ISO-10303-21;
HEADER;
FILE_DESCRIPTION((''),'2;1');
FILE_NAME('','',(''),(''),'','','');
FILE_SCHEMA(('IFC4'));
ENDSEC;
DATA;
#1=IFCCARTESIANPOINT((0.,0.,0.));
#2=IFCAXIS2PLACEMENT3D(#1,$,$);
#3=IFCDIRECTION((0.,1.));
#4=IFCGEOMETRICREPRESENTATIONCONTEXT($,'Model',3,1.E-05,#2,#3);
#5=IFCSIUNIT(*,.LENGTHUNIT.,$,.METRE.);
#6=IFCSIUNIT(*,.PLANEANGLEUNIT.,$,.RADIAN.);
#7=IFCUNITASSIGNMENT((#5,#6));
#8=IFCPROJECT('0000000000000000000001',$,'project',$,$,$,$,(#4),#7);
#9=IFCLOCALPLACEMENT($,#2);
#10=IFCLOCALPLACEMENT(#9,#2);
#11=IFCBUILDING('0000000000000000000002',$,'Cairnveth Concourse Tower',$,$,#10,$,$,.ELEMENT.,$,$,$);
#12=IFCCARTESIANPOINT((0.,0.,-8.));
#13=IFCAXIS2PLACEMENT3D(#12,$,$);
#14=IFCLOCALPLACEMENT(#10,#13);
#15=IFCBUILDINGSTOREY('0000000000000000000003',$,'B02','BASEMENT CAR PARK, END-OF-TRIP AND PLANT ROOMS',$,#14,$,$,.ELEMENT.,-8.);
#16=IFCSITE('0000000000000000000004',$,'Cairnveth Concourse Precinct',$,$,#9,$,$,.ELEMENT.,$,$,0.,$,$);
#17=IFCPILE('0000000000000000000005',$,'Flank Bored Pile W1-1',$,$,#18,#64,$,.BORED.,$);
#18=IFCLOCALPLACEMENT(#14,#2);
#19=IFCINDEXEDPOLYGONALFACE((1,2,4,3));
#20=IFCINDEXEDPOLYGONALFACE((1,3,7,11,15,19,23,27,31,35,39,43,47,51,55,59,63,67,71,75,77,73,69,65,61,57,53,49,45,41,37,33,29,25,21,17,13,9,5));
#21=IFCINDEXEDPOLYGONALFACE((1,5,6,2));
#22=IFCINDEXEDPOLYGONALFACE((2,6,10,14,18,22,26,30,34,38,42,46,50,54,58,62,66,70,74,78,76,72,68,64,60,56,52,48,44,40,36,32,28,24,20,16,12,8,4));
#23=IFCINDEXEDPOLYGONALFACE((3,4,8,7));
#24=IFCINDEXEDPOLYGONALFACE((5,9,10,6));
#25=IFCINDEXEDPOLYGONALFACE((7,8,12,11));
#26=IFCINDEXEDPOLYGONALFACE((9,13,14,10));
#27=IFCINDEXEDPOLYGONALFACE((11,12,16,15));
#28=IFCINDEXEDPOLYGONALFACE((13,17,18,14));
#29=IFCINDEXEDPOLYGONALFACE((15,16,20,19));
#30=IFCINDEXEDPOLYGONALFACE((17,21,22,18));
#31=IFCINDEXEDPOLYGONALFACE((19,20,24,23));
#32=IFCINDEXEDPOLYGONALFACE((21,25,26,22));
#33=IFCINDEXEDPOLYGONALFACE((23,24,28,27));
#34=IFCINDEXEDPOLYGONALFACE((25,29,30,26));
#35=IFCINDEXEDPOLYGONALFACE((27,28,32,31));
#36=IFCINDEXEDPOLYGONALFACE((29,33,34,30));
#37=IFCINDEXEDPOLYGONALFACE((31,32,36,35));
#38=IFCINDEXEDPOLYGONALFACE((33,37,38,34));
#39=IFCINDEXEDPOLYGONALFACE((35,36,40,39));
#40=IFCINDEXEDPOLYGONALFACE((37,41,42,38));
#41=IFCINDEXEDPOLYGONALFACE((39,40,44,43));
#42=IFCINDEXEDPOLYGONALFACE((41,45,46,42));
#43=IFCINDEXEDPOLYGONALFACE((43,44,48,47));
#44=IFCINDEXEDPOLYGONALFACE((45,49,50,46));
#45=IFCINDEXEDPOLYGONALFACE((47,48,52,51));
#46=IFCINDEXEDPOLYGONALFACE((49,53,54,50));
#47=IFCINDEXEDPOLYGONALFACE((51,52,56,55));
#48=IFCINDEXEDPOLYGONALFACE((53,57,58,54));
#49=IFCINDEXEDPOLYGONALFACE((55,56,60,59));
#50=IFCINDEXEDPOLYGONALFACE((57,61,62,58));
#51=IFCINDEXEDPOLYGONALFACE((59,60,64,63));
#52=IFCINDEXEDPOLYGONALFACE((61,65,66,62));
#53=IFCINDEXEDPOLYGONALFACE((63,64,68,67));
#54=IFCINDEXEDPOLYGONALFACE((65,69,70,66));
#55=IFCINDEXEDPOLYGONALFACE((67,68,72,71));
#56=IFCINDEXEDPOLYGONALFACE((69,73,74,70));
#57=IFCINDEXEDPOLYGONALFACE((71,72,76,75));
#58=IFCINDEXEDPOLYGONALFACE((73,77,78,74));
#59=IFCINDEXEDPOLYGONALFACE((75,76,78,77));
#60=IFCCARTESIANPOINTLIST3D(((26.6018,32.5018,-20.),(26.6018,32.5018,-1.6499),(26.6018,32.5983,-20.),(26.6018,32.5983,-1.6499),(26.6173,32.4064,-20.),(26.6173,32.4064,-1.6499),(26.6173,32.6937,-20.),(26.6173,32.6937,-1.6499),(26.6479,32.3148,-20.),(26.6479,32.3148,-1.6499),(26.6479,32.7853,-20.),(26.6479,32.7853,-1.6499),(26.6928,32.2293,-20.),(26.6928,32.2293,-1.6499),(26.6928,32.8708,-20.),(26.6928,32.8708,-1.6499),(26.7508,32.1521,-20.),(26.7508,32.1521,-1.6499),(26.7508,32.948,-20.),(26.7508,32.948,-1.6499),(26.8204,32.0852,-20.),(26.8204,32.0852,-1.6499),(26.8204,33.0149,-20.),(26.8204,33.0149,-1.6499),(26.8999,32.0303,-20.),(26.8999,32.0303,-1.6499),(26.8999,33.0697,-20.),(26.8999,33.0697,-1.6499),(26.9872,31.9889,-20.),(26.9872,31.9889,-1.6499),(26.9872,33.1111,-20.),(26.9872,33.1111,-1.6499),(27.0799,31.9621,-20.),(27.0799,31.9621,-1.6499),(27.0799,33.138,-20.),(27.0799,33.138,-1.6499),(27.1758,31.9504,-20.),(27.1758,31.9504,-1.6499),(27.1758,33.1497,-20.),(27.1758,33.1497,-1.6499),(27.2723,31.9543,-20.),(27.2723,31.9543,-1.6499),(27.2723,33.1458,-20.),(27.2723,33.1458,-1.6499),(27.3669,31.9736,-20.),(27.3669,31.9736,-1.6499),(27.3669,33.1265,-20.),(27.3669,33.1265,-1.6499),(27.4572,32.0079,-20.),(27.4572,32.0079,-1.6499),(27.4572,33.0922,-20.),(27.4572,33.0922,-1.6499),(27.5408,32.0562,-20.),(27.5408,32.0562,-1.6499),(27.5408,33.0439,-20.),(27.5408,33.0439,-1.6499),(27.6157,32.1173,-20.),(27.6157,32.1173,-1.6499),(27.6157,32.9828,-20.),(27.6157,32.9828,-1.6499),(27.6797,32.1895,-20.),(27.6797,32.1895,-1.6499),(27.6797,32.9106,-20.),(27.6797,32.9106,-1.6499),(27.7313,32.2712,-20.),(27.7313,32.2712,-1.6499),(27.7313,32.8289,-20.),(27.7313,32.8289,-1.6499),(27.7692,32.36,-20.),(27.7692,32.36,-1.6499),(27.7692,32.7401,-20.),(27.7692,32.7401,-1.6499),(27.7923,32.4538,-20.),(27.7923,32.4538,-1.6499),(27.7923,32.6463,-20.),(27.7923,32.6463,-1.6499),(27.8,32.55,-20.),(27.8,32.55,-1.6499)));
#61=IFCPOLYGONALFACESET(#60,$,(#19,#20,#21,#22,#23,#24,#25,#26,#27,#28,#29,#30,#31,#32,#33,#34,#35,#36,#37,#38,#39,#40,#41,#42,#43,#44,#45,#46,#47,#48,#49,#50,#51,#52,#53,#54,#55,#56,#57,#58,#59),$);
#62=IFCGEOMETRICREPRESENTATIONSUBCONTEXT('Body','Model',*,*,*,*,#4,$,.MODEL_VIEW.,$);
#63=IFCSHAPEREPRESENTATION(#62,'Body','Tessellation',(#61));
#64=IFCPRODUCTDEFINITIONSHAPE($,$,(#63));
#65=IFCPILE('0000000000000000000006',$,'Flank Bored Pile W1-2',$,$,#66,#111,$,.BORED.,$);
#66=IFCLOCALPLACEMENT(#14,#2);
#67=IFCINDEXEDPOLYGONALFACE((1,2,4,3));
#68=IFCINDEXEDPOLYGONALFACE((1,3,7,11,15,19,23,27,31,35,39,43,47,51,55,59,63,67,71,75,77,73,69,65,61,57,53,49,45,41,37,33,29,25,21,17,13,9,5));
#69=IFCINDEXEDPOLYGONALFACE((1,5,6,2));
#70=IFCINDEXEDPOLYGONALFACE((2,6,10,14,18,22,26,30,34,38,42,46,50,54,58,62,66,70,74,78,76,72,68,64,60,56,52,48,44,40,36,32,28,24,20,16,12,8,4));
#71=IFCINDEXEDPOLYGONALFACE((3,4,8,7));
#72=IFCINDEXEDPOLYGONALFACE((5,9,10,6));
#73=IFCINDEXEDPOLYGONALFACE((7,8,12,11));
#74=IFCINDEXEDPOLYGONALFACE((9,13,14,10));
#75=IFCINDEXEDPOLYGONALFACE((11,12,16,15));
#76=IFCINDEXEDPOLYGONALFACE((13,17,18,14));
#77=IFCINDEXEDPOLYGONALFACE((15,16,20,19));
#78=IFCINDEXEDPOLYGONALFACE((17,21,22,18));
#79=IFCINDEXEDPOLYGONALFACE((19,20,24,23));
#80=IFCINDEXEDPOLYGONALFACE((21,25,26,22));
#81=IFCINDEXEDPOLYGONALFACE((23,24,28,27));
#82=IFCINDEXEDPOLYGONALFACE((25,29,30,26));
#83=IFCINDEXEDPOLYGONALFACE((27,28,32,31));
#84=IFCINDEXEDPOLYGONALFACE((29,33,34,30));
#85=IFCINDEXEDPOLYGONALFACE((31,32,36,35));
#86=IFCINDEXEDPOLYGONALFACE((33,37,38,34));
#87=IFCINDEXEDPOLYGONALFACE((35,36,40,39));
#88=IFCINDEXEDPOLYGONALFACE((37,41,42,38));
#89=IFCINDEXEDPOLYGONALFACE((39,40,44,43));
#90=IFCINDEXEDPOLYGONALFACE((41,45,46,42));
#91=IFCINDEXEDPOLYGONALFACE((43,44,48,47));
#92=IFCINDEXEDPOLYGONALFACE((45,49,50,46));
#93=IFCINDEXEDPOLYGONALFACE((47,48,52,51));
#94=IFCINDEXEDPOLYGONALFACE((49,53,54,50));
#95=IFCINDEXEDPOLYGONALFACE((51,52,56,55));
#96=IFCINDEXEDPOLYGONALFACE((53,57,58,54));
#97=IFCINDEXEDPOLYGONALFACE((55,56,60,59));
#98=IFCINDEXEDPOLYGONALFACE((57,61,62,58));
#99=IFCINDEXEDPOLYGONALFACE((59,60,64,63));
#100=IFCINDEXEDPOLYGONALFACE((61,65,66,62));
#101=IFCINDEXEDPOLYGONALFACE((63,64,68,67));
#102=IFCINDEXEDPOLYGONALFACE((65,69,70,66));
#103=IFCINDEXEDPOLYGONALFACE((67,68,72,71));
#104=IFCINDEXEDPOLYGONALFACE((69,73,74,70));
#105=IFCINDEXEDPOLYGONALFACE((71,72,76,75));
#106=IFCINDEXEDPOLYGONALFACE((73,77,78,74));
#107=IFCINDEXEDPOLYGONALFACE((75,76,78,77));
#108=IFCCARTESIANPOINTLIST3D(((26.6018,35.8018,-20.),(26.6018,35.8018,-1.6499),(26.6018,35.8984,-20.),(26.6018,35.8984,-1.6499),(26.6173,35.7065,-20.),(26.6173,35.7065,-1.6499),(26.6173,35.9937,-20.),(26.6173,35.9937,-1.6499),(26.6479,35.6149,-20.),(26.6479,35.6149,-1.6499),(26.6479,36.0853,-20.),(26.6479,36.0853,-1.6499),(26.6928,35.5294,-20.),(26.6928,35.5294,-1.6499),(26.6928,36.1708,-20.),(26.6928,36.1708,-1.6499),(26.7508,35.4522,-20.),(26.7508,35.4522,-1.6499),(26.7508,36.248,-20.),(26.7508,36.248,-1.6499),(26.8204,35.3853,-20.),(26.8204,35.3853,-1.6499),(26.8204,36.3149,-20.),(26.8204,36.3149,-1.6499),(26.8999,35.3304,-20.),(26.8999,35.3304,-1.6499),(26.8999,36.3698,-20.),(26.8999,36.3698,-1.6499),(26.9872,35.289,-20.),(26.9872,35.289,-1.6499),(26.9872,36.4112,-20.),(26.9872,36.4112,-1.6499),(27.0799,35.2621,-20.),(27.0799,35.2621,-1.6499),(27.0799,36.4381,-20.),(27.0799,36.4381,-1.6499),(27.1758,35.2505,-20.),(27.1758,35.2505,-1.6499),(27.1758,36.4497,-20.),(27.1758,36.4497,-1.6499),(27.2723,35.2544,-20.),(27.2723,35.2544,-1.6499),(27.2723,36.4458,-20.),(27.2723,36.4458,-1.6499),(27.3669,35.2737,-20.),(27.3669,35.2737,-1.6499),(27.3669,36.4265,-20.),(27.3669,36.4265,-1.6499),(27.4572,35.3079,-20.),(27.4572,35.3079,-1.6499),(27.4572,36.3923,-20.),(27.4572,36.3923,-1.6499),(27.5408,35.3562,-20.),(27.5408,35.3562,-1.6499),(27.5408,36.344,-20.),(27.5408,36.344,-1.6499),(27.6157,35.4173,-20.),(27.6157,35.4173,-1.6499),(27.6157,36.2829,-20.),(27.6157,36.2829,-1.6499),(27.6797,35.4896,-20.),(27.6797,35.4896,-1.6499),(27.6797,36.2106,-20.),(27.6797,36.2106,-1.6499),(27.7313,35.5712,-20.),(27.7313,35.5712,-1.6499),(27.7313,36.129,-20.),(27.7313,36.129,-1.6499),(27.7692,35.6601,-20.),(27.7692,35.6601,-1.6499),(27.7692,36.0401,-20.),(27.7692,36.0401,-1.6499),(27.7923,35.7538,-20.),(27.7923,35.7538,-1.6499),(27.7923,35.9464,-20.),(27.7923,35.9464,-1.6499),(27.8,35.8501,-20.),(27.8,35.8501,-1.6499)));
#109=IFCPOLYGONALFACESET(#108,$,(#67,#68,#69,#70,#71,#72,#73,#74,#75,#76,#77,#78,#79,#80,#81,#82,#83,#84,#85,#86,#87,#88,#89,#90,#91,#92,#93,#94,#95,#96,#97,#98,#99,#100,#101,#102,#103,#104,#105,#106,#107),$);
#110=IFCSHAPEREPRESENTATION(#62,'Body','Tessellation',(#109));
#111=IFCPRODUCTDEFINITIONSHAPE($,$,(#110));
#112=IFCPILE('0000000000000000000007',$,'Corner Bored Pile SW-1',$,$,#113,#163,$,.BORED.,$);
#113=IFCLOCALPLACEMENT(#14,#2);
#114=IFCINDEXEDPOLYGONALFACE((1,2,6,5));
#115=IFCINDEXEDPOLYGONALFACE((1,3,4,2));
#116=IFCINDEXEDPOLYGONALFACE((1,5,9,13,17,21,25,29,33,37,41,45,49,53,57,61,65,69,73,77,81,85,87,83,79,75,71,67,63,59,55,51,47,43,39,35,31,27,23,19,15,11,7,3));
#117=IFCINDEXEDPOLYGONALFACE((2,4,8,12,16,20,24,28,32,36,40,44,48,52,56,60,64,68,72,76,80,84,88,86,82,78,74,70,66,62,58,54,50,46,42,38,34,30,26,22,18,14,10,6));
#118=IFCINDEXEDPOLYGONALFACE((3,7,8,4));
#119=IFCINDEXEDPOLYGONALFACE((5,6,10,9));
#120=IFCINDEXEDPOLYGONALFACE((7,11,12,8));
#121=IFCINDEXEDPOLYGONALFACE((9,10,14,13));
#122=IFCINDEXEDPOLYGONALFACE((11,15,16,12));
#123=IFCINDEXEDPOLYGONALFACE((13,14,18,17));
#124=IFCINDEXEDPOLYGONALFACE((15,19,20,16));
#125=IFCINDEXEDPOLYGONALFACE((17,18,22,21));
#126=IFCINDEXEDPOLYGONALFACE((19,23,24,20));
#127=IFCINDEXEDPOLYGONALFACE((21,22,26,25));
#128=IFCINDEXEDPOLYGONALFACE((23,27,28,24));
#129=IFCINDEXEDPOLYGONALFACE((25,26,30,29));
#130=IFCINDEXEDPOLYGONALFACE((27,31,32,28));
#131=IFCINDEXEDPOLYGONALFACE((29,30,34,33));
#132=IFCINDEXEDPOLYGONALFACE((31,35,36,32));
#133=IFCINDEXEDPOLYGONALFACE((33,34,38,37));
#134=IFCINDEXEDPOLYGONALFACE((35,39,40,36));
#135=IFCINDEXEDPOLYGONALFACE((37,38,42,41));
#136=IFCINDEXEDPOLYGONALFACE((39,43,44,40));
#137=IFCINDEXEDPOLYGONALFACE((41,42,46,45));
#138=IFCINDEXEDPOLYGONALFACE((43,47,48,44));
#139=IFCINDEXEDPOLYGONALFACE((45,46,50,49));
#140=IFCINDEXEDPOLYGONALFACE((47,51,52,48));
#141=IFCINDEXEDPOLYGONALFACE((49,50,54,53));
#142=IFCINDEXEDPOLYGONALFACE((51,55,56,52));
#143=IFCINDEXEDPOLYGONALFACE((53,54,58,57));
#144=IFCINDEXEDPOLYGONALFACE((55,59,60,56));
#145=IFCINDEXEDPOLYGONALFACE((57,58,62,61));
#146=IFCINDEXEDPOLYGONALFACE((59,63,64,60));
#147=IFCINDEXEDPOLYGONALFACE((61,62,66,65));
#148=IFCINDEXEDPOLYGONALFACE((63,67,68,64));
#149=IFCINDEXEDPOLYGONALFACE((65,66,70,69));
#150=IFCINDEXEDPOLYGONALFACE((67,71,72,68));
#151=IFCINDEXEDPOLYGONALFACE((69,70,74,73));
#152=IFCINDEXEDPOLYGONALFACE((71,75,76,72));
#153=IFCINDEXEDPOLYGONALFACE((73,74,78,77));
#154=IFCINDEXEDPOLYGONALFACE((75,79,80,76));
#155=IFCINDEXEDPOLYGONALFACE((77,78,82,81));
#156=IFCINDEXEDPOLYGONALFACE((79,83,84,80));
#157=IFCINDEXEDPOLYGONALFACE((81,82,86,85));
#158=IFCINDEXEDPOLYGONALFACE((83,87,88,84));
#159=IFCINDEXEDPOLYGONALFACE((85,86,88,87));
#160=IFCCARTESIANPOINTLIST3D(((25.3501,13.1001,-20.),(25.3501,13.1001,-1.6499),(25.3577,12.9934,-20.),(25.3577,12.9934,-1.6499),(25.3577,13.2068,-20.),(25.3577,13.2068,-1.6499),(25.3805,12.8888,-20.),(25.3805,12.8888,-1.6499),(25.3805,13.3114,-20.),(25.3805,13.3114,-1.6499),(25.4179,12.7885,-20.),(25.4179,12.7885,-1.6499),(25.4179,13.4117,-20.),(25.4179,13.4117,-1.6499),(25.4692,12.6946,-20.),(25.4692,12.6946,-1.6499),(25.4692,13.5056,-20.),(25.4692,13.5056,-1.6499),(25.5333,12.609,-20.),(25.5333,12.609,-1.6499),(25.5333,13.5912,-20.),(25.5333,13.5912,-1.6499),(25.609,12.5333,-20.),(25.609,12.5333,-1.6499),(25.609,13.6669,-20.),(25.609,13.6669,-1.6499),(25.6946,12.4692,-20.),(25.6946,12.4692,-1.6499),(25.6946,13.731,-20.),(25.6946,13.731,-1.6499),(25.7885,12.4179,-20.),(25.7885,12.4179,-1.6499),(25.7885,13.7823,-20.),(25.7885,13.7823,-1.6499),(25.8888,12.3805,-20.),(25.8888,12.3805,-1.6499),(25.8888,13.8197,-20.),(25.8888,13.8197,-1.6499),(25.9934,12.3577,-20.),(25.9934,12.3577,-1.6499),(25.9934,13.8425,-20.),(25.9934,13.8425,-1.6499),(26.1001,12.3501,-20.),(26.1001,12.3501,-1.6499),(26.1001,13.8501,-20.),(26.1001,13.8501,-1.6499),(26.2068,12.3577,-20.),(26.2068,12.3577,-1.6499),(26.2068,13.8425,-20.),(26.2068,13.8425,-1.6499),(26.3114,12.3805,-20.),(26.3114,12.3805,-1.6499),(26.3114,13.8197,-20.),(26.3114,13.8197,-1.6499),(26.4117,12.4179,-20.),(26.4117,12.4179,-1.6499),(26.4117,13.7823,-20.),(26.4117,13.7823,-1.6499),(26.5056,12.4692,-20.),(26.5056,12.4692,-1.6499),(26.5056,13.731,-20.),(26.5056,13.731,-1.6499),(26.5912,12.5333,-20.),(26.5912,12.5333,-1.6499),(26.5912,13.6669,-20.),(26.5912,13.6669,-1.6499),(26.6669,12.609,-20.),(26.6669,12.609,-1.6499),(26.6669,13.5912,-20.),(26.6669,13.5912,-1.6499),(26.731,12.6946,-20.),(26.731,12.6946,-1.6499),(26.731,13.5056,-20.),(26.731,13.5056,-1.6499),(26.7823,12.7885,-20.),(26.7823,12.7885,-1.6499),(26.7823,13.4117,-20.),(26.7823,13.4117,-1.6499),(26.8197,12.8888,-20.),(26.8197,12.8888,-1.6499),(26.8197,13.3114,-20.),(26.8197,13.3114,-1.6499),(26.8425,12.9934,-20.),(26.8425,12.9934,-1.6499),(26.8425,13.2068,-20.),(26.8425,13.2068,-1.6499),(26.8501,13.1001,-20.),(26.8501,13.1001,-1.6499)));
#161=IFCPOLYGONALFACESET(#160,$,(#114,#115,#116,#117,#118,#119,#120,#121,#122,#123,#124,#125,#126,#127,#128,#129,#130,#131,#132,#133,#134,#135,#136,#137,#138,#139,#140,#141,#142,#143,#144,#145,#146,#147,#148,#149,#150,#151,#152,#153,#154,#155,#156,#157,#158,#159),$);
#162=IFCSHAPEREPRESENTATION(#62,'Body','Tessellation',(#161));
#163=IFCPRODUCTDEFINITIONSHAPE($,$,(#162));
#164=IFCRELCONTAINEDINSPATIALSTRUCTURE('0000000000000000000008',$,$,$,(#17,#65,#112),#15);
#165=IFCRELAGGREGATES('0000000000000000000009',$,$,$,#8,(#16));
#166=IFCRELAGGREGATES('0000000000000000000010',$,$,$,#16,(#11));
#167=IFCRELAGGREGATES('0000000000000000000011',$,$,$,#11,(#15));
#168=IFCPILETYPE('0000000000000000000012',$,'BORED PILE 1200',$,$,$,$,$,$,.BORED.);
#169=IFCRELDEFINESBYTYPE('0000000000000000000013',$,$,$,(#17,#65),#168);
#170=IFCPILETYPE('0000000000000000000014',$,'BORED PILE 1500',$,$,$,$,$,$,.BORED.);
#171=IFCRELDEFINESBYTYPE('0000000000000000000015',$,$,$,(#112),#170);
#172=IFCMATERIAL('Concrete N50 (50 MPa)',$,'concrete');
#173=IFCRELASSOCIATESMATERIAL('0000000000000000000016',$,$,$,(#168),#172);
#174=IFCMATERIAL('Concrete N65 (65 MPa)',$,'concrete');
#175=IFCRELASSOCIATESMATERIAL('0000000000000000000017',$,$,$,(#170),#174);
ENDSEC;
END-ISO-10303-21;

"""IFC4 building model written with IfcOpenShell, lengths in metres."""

from ifc_helpers import new_model, si_unit, direction, frame, origin, origin_2d, place, context, subcontext, project, spatial, circle, extrude, material, material_profile, profile_set, type_object, element, save


model = new_model("IFC4")

# Units and contexts
model_context = context("Model", 3, precision=1e-05, world=origin(), true_north=direction((0.0, 1.0)))
body_context = subcontext(model_context, "Body", "Model", "MODEL_VIEW")
ifc_project = project(units=[si_unit("LENGTHUNIT", "METRE"), si_unit("PLANEANGLEUNIT", "RADIAN")], contexts=[model_context])

# Site, building, storey
site_placement = place(None, origin())
site = spatial("IfcSite", under=ifc_project, at=site_placement, Name="Cairnveth Concourse Precinct", CompositionType="ELEMENT", RefElevation=0.0)
building_placement = place(site_placement, origin())
building = spatial("IfcBuilding", under=site, at=building_placement, Name="Cairnveth Concourse Tower", CompositionType="ELEMENT")
storey_placement = place(building_placement, frame((0.0, 0.0, -8.0)))
storey = spatial("IfcBuildingStorey", under=building, at=storey_placement, Name="B02", Description="BASEMENT CAR PARK, END-OF-TRIP AND PLANT ROOMS", CompositionType="ELEMENT", Elevation=-8.0)

# Piles
ifc_material_1 = material(Name="Concrete N50 (50 MPa)", Category="concrete")
ifc_material_profile_1 = material_profile(ifc_material_1, circle(Radius=0.6001, at=origin_2d()), Name="PILE-1200")
ifc_profile_set_1 = profile_set([ifc_material_profile_1], Name="Concrete N50 (50 MPa)")
pile_type_1 = type_object("IfcPileType", Name="BORED PILE 1200", PredefinedType="BORED", material=ifc_profile_set_1)
for number, where, z_axis, x_axis, name in (
    (1, (27.2, 32.55, -1.6499), (0.0, 0.0, -1.0), (1.0, 0.0, 0.0), "Flank Bored Pile W1-1"),
    (2, (27.2, 35.8501, -1.6499), (0.0, 0.0, -1.0), (1.0, 0.0, 0.0), "Flank Bored Pile W1-2"),
):
    element("IfcPile", number, at=place(storey_placement, frame(where, z_axis=z_axis, x_axis=x_axis)), inside=storey, type_object=pile_type_1, Name=name, PredefinedType="BORED", context=body_context, shape_type="SweptSolid", body=[
        extrude(circle(Radius=0.6001, at=origin_2d()), origin(), (0.0, 0.0, 1.0), 18.3501),
    ])
ifc_material_2 = material(Name="Concrete N65 (65 MPa)", Category="concrete")
ifc_material_profile_2 = material_profile(ifc_material_2, circle(Radius=0.75, at=origin_2d()), Name="PILE-1500")
ifc_profile_set_2 = profile_set([ifc_material_profile_2], Name="Concrete N65 (65 MPa)")
pile_type_2 = type_object("IfcPileType", Name="BORED PILE 1500", PredefinedType="BORED", material=ifc_profile_set_2)
for number, where, z_axis, x_axis, name in (
    (3, (26.1001, 13.1001, -1.6499), (0.0, 0.0, -1.0), (1.0, 0.0, 0.0), "Corner Bored Pile SW-1"),
):
    element("IfcPile", number, at=place(storey_placement, frame(where, z_axis=z_axis, x_axis=x_axis)), inside=storey, type_object=pile_type_2, Name=name, PredefinedType="BORED", context=body_context, shape_type="SweptSolid", body=[
        extrude(circle(Radius=0.75, at=origin_2d()), origin(), (0.0, 0.0, 1.0), 18.3501),
    ])

save(model, "model.ifc")
